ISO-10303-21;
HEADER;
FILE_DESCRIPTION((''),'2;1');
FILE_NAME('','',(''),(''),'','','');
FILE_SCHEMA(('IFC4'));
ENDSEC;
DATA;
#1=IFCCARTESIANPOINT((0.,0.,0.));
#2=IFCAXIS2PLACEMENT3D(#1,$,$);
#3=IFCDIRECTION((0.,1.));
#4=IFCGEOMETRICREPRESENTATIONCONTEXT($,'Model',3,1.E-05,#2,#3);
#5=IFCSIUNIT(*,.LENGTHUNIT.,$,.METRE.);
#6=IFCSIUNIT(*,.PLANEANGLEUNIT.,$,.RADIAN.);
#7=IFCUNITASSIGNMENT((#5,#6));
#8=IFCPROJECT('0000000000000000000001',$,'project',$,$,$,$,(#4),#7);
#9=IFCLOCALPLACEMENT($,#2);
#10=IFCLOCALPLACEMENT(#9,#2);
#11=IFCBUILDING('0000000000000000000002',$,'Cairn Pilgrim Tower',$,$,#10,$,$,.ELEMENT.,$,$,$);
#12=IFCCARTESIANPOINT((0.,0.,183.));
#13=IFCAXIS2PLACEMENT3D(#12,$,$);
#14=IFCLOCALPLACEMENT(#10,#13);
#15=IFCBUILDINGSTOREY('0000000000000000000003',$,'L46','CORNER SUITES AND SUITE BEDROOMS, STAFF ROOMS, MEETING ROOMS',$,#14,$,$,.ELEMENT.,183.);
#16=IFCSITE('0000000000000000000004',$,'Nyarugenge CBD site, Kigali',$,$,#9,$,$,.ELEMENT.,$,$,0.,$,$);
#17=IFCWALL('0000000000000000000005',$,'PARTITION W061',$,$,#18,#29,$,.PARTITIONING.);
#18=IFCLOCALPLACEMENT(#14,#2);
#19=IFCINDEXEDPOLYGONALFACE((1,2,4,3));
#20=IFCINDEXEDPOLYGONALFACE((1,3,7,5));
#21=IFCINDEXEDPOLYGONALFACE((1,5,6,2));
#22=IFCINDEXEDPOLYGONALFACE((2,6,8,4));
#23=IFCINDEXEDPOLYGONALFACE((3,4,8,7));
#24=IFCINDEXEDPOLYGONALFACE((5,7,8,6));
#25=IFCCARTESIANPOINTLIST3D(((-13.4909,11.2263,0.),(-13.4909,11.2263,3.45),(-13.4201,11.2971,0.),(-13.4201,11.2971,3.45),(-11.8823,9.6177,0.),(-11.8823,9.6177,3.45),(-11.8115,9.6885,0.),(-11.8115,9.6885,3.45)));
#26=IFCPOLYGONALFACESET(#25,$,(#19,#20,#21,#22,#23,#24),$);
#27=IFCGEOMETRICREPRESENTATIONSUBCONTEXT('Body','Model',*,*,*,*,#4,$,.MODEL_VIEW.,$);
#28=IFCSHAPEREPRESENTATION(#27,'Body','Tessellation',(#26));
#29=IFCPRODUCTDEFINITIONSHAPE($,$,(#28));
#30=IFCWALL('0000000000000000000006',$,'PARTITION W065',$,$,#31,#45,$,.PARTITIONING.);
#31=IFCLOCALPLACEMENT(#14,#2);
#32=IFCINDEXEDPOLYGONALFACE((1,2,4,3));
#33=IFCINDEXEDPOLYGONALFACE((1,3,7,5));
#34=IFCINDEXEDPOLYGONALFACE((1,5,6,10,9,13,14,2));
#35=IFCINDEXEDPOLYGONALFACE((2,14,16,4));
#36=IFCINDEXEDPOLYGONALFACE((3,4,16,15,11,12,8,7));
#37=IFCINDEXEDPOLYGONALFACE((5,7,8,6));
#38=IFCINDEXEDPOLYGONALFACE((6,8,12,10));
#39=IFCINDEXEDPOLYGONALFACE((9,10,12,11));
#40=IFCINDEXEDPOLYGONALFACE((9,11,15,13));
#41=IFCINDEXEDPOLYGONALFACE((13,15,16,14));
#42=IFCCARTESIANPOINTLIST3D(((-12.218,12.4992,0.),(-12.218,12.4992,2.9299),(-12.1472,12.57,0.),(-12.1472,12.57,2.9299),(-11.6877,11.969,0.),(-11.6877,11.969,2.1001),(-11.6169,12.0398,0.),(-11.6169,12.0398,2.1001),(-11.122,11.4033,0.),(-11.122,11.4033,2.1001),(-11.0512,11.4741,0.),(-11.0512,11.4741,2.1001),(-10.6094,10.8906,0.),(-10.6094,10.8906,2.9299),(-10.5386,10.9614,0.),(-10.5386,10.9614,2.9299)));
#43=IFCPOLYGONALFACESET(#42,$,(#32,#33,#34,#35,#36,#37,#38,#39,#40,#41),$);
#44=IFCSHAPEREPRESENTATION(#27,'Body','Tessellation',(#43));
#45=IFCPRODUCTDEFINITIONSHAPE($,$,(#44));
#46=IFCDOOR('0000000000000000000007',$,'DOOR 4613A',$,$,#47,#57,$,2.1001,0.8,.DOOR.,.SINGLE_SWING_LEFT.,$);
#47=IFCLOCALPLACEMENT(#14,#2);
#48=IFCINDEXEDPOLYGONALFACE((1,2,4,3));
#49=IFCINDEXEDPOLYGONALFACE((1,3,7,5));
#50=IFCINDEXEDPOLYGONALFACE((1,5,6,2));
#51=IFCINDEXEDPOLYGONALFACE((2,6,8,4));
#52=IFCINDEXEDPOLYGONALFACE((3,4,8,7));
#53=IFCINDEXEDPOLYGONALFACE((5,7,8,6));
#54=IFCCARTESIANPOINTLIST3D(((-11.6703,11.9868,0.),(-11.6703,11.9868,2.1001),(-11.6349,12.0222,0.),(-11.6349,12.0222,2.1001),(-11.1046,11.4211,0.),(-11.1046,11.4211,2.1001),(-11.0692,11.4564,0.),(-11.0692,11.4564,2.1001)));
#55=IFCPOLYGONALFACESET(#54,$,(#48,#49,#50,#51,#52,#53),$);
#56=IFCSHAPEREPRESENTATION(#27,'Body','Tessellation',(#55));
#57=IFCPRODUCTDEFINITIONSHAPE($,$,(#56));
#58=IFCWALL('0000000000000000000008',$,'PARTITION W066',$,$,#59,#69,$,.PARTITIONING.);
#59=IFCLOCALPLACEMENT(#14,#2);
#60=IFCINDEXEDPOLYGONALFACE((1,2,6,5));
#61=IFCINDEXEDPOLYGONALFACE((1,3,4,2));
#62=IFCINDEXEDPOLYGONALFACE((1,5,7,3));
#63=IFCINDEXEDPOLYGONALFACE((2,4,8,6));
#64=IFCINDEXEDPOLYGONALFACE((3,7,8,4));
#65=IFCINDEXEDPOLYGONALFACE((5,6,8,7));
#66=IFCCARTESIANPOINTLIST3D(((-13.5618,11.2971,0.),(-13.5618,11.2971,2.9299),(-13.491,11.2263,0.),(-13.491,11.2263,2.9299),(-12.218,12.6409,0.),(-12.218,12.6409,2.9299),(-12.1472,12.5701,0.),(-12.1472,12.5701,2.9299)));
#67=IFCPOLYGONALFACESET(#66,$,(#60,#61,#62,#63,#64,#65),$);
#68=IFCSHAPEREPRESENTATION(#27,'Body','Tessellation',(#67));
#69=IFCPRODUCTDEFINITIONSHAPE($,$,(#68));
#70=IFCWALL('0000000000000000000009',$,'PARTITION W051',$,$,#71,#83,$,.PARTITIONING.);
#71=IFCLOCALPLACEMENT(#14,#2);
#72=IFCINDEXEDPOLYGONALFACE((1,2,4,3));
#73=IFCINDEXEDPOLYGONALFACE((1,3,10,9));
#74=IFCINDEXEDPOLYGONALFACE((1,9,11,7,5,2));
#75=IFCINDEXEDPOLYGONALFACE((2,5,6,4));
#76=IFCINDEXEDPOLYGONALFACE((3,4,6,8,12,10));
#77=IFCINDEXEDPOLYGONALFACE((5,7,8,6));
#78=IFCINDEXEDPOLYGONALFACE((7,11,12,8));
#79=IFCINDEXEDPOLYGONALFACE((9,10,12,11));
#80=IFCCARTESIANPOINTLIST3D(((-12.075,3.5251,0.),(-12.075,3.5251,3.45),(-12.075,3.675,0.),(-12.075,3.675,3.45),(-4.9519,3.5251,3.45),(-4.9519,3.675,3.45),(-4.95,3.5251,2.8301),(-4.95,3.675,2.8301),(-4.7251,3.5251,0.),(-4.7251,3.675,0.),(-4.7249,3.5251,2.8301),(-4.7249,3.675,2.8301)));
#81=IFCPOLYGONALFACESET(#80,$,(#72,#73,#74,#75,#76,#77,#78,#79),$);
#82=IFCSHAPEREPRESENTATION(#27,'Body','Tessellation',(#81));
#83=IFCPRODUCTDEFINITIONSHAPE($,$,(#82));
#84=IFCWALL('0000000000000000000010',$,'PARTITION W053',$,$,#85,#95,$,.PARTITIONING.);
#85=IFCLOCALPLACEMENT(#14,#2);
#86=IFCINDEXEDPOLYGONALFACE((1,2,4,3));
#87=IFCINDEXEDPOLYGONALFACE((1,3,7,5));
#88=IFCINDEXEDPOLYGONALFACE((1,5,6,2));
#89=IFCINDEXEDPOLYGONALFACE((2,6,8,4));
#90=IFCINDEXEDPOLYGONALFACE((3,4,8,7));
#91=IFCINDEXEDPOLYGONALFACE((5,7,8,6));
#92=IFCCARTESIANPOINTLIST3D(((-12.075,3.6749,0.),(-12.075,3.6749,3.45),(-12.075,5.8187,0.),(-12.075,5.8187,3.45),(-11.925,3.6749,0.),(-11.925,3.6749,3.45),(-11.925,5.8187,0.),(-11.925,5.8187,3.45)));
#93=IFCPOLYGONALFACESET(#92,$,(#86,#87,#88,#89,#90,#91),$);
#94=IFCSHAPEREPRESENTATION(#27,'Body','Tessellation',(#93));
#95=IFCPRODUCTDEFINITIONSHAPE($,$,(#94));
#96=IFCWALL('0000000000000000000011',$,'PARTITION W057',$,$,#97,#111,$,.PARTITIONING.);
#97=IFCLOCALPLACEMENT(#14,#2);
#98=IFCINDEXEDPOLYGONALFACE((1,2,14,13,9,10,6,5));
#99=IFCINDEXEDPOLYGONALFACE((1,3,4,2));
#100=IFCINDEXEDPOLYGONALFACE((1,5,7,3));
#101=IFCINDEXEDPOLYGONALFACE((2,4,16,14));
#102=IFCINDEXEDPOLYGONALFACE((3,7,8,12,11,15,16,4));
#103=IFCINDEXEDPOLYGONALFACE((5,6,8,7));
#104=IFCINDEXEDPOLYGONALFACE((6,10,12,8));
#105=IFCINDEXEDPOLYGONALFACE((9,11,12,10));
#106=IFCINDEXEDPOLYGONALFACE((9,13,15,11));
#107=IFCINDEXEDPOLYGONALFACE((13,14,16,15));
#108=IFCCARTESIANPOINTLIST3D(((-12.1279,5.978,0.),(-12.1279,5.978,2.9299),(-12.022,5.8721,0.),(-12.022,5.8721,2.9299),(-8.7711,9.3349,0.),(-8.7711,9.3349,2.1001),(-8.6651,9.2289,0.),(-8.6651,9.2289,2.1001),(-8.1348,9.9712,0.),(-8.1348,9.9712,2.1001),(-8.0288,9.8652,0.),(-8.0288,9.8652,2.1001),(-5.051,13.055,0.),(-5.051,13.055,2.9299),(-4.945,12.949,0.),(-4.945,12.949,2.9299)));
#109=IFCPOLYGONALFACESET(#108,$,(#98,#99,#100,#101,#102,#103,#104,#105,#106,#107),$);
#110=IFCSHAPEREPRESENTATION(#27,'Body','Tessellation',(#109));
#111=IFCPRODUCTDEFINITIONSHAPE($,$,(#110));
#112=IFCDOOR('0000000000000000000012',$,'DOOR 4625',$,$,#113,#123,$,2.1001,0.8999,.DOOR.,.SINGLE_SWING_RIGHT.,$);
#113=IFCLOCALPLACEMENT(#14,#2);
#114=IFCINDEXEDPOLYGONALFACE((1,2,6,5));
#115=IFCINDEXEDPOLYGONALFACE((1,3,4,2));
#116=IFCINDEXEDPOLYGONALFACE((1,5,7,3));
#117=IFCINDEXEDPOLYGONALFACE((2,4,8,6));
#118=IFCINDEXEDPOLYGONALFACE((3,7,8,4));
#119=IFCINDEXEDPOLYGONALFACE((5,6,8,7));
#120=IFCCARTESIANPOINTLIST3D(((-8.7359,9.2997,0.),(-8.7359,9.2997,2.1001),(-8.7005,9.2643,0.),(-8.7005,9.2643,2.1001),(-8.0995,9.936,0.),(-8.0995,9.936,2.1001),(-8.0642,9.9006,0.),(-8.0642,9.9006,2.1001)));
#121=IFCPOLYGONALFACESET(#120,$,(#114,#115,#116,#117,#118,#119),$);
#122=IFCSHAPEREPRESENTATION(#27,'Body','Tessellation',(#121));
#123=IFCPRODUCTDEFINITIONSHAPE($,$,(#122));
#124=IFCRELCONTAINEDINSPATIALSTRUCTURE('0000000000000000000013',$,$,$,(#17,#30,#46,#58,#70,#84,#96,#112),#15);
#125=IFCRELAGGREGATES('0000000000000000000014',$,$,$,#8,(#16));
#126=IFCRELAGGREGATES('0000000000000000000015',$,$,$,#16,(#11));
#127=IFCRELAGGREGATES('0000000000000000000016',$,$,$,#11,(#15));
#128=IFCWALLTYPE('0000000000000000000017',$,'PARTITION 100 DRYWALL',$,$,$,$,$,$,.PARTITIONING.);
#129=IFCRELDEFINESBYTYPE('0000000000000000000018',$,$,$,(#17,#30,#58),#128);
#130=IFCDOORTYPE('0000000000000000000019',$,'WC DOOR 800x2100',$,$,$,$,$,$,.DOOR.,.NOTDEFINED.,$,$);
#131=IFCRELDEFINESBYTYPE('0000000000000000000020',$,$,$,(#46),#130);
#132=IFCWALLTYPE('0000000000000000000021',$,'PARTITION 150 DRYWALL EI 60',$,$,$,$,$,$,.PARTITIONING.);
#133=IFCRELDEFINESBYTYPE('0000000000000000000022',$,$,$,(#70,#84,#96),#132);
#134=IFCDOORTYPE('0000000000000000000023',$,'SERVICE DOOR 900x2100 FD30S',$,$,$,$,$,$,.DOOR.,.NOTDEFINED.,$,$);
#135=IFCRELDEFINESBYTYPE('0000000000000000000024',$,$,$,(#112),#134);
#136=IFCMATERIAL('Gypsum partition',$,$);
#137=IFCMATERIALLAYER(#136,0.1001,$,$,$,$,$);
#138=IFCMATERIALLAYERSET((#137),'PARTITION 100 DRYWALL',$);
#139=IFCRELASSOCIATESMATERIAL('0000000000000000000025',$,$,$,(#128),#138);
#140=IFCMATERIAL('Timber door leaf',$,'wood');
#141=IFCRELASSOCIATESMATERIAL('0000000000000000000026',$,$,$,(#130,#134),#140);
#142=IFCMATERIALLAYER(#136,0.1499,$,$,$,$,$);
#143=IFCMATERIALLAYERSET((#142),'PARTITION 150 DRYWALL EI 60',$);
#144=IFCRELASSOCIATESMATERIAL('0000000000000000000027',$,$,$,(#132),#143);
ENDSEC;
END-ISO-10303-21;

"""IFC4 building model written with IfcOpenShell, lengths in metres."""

from ifc_helpers import new_model, si_unit, direction, frame, frame_2d, origin, place, context, subcontext, project, spatial, polyline, rectangle, outline, extrude, material, layer, layer_set, type_object, element, fill, save


model = new_model("IFC4")

# Units and contexts
model_context = context("Model", 3, precision=1e-05, world=origin(), true_north=direction((0.0, 1.0)))
body_context = subcontext(model_context, "Body", "Model", "MODEL_VIEW")
ifc_project = project(units=[si_unit("LENGTHUNIT", "METRE"), si_unit("PLANEANGLEUNIT", "RADIAN")], contexts=[model_context])

# Site, building, storey
site_placement = place(None, origin())
site = spatial("IfcSite", under=ifc_project, at=site_placement, Name="Nyarugenge CBD site, Kigali", CompositionType="ELEMENT", RefElevation=0.0)
building_placement = place(site_placement, origin())
building = spatial("IfcBuilding", under=site, at=building_placement, Name="Cairn Pilgrim Tower", CompositionType="ELEMENT")
storey_placement = place(building_placement, frame((0.0, 0.0, 183.0)))
storey = spatial("IfcBuildingStorey", under=building, at=storey_placement, Name="L46", Description="CORNER SUITES AND SUITE BEDROOMS, STAFF ROOMS, MEETING ROOMS", CompositionType="ELEMENT", Elevation=183.0)

# Wall
ifc_material_1 = material(Name="Gypsum partition")
ifc_layer_1 = layer(ifc_material_1, 0.1001)
ifc_layer_set_1 = layer_set([ifc_layer_1], Name="PARTITION 100 DRYWALL")
wall_type_1 = type_object("IfcWallType", Name="PARTITION 100 DRYWALL", PredefinedType="PARTITIONING", material=ifc_layer_set_1)
wall_1_placement = place(storey_placement, frame((-11.8469, 9.6531, 0.0), z_axis=(0.0, 0.0, 1.0), x_axis=(-0.707107, 0.707107, 0.0)))
element("IfcWall", 1, at=wall_1_placement, inside=storey, type_object=wall_type_1, Name="PARTITION W061", PredefinedType="PARTITIONING", context=body_context, shape_type="SweptSolid", body=[
    extrude(rectangle(XDim=2.2749, YDim=0.1001, at=frame_2d((1.1375, 0.0))), origin(), (0.0, 0.0, 1.0), 3.45),
])

# Wall, opening, door
wall_2_placement = place(storey_placement, frame((-10.574, 10.926, 0.0), z_axis=(0.0, 0.0, 1.0), x_axis=(-0.707107, 0.707107, 0.0)))
wall_2 = element("IfcWall", 2, at=wall_2_placement, inside=storey, type_object=wall_type_1, Name="PARTITION W065", PredefinedType="PARTITIONING", context=body_context, shape_type="SweptSolid", body=[
    extrude(rectangle(XDim=2.2749, YDim=0.1001, at=frame_2d((1.1375, 0.0))), origin(), (0.0, 0.0, 1.0), 2.9299),
])
opening_1_placement = place(wall_2_placement, frame((0.7251, 0.0, 0.0)))
opening_1 = element("IfcOpeningElement", 3, at=opening_1_placement, cuts=wall_2, PredefinedType="OPENING", context=body_context, shape_type="SweptSolid", body=[
    extrude(rectangle(XDim=0.8, YDim=2.1001, at=frame_2d((0.3999, 1.05))), frame((0.0, 0.0601, 0.0), z_axis=(0.0, -1.0, 0.0), x_axis=(1.0, 0.0, 0.0)), (0.0, 0.0, 1.0), 0.1201),
])
ifc_material_2 = material(Name="Timber door leaf", Category="wood")
door_type_1 = type_object("IfcDoorType", Name="WC DOOR 800x2100", OperationType="NOTDEFINED", PredefinedType="DOOR", material=ifc_material_2)
door_1_placement = place(opening_1_placement, frame((0.8, 0.0, 0.0), z_axis=(0.0, 0.0, 1.0), x_axis=(-1.0, 0.0, 0.0)))
door_1 = element("IfcDoor", 4, at=door_1_placement, inside=storey, type_object=door_type_1, Name="DOOR 4613A", OperationType="SINGLE_SWING_LEFT", OverallHeight=2.1001, OverallWidth=0.8, PredefinedType="DOOR", context=body_context, shape_type="SweptSolid", body=[
    extrude(rectangle(XDim=0.8, YDim=2.1001, at=frame_2d((0.3999, 1.05))), frame((0.0, 0.0249, 0.0), z_axis=(0.0, -1.0, 0.0), x_axis=(1.0, 0.0, 0.0)), (0.0, 0.0, 1.0), 0.05),
])
fill(opening_1, door_1)

# Walls
wall_3_placement = place(storey_placement, frame((-13.5264, 11.2617, 0.0), z_axis=(0.0, 0.0, 1.0), x_axis=(0.707107, 0.707107, 0.0)))
element("IfcWall", 5, at=wall_3_placement, inside=storey, type_object=wall_type_1, Name="PARTITION W066", PredefinedType="PARTITIONING", context=body_context, shape_type="SweptSolid", body=[
    extrude(rectangle(XDim=1.9004, YDim=0.1001, at=frame_2d((0.9502, 0.0))), origin(), (0.0, 0.0, 1.0), 2.9299),
])
ifc_layer_2 = layer(ifc_material_1, 0.1499)
ifc_layer_set_2 = layer_set([ifc_layer_2], Name="PARTITION 150 DRYWALL EI 60")
wall_type_2 = type_object("IfcWallType", Name="PARTITION 150 DRYWALL EI 60", PredefinedType="PARTITIONING", material=ifc_layer_set_2)
wall_4_placement = place(storey_placement, frame((-12.075, 3.6001, 0.0), z_axis=(0.0, 0.0, 1.0), x_axis=(1.0, 0.0, 0.0)))
element("IfcWall", 6, at=wall_4_placement, inside=storey, type_object=wall_type_2, Name="PARTITION W051", PredefinedType="PARTITIONING", context=body_context, shape_type="SweptSolid", body=[
    extrude(outline(polyline([(0.0, 0.0), (7.3499, 0.0), (7.3501, 2.8301), (7.125, 2.8301), (7.123, 3.45), (0.0, 3.45), (0.0, 0.0)])), frame((0.0, 0.075, 0.0), z_axis=(0.0, -1.0, 0.0), x_axis=(1.0, 0.0, 0.0)), (0.0, 0.0, 1.0), 0.1499),
])
wall_5_placement = place(storey_placement, frame((-12.0, 3.675, 0.0), z_axis=(0.0, 0.0, 1.0), x_axis=(0.0, 1.0, 0.0)))
element("IfcWall", 7, at=wall_5_placement, inside=storey, type_object=wall_type_2, Name="PARTITION W053", PredefinedType="PARTITIONING", context=body_context, shape_type="SweptSolid", body=[
    extrude(rectangle(XDim=2.1438, YDim=0.1499, at=frame_2d((1.0718, 0.0))), origin(), (0.0, 0.0, 1.0), 3.45),
])

# Wall, opening, door
wall_6_placement = place(storey_placement, frame((-12.075, 5.925, 0.0), z_axis=(0.0, 0.0, 1.0), x_axis=(0.707107, 0.707107, 0.0)))
wall_6 = element("IfcWall", 8, at=wall_6_placement, inside=storey, type_object=wall_type_2, Name="PARTITION W057", PredefinedType="PARTITIONING", context=body_context, shape_type="SweptSolid", body=[
    extrude(rectangle(XDim=10.0083, YDim=0.1499, at=frame_2d((5.0042, 0.0))), origin(), (0.0, 0.0, 1.0), 2.9299),
])
opening_2_placement = place(wall_6_placement, frame((4.7473, 0.0, 0.0)))
opening_2 = element("IfcOpeningElement", 9, at=opening_2_placement, cuts=wall_6, PredefinedType="OPENING", context=body_context, shape_type="SweptSolid", body=[
    extrude(rectangle(XDim=0.8999, YDim=2.1001, at=frame_2d((0.45, 1.05))), frame((0.0, 0.085, 0.0), z_axis=(0.0, -1.0, 0.0), x_axis=(1.0, 0.0, 0.0)), (0.0, 0.0, 1.0), 0.1699),
])
door_type_2 = type_object("IfcDoorType", Name="SERVICE DOOR 900x2100 FD30S", OperationType="NOTDEFINED", PredefinedType="DOOR", material=ifc_material_2)
door_2_placement = place(opening_2_placement, frame((0.8999, 0.0, 0.0), z_axis=(0.0, 0.0, 1.0), x_axis=(-1.0, 0.0, 0.0)))
door_2 = element("IfcDoor", 10, at=door_2_placement, inside=storey, type_object=door_type_2, Name="DOOR 4625", OperationType="SINGLE_SWING_RIGHT", OverallHeight=2.1001, OverallWidth=0.8999, PredefinedType="DOOR", context=body_context, shape_type="SweptSolid", body=[
    extrude(rectangle(XDim=0.8999, YDim=2.1001, at=frame_2d((0.45, 1.05))), frame((0.0, 0.0249, 0.0), z_axis=(0.0, -1.0, 0.0), x_axis=(1.0, 0.0, 0.0)), (0.0, 0.0, 1.0), 0.05),
])
fill(opening_2, door_2)

save(model, "model.ifc")
